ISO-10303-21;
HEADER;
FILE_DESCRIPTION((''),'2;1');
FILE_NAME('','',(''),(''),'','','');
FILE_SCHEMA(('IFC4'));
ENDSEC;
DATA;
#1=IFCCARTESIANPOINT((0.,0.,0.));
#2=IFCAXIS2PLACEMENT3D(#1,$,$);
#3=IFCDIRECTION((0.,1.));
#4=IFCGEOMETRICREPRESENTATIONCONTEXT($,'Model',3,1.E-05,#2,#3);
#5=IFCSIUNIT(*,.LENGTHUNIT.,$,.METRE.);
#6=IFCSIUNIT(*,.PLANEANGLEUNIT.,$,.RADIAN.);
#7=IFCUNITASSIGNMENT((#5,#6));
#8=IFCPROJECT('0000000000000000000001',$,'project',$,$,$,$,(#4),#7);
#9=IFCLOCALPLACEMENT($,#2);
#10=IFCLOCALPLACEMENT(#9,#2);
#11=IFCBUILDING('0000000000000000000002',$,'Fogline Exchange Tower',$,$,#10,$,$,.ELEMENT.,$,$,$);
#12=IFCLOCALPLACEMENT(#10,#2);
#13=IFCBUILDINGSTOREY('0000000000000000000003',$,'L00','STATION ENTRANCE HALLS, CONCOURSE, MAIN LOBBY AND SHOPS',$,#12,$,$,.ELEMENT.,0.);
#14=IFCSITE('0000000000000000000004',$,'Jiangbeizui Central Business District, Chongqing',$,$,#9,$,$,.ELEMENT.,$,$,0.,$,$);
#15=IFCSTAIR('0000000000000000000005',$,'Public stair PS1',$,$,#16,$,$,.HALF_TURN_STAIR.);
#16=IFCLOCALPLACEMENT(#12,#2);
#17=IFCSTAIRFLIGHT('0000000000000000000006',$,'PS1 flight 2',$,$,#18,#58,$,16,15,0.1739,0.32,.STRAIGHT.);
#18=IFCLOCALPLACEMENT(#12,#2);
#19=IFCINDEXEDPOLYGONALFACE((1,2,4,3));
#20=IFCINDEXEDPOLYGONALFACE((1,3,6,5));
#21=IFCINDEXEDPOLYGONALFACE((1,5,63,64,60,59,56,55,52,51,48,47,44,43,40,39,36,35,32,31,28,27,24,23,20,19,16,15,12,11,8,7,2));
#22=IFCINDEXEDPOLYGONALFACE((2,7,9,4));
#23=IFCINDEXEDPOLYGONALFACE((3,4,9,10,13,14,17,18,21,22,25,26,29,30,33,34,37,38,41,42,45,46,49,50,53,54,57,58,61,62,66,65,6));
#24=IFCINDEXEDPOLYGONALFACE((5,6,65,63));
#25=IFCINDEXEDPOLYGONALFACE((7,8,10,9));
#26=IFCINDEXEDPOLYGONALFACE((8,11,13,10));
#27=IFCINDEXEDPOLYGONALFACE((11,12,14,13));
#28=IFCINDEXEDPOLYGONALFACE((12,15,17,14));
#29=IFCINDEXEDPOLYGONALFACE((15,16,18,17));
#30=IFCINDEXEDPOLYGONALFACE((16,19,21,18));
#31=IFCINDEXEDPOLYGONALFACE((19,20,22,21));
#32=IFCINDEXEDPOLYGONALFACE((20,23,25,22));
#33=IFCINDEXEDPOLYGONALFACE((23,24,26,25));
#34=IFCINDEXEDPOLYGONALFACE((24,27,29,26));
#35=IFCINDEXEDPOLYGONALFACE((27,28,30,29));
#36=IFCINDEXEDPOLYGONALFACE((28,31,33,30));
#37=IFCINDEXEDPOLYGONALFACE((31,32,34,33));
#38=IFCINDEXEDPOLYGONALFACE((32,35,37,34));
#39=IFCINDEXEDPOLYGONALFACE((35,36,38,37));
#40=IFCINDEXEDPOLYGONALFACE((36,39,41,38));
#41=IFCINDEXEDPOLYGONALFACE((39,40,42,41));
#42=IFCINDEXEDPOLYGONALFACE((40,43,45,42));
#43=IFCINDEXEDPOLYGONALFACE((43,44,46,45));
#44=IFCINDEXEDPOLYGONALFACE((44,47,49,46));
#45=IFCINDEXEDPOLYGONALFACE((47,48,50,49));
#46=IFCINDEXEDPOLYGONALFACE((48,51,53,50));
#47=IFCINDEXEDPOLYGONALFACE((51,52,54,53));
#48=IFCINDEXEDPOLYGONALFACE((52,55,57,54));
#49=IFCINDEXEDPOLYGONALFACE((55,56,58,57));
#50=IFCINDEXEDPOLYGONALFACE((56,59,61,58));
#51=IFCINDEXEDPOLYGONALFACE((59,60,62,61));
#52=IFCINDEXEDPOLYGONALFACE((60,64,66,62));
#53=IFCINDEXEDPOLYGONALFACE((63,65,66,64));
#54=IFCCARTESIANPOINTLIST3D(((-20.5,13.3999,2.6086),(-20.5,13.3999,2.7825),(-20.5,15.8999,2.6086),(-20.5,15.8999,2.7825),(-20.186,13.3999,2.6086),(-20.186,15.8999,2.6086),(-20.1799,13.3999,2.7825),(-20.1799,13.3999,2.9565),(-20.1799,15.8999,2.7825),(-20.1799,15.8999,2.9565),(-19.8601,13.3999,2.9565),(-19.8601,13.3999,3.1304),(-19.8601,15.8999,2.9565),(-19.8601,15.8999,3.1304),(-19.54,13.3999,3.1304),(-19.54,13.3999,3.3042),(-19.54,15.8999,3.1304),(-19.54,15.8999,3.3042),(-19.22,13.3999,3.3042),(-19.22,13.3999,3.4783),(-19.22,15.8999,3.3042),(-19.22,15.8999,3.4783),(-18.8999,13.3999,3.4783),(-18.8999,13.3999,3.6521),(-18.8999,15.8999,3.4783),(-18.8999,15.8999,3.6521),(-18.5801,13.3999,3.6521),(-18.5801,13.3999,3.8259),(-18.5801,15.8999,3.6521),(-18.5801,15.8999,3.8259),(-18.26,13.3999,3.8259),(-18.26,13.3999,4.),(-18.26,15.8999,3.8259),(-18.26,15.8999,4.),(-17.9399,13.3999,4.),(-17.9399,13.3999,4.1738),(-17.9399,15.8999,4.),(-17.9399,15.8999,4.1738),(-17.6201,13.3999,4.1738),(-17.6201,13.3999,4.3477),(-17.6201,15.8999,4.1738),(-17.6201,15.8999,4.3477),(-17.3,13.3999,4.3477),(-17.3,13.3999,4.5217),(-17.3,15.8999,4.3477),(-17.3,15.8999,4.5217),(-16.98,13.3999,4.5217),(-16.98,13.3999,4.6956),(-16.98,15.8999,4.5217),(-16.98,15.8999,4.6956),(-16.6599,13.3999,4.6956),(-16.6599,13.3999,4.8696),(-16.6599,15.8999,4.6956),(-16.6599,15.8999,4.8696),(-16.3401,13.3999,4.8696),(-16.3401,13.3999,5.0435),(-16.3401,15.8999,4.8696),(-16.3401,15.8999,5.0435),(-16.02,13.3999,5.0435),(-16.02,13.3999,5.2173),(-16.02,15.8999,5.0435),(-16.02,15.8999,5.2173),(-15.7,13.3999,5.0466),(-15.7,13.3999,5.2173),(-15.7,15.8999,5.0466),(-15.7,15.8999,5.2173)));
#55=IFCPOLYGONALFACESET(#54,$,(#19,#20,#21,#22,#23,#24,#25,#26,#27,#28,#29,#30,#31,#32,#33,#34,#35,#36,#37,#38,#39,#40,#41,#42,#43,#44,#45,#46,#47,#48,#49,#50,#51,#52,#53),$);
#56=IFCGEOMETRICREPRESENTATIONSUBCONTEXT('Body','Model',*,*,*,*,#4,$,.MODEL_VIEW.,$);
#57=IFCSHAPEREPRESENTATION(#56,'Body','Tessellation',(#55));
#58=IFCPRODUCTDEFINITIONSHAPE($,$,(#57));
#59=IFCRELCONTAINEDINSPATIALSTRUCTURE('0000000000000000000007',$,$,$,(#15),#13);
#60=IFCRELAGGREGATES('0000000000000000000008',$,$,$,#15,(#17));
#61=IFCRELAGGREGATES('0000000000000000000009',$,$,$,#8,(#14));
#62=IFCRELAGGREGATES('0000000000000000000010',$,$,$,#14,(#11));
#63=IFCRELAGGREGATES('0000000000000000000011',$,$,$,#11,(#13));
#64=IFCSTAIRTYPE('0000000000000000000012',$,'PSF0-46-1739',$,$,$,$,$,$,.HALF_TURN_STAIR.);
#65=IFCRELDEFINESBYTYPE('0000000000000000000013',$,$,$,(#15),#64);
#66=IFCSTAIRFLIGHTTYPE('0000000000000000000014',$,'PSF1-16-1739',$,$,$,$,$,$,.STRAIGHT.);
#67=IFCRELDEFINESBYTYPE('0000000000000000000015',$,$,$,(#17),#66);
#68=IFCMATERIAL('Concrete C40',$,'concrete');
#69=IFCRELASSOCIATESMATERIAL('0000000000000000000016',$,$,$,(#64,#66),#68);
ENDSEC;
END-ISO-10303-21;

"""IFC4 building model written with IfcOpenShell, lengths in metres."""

from ifc_helpers import new_model, si_unit, direction, frame, origin, place, context, subcontext, project, spatial, polyline, outline, extrude, material, type_object, element, aggregate, save


model = new_model("IFC4")

# Units and contexts
model_context = context("Model", 3, precision=1e-05, world=origin(), true_north=direction((0.0, 1.0)))
body_context = subcontext(model_context, "Body", "Model", "MODEL_VIEW")
ifc_project = project(units=[si_unit("LENGTHUNIT", "METRE"), si_unit("PLANEANGLEUNIT", "RADIAN")], contexts=[model_context])

# Site, building, storey
site_placement = place(None, origin())
site = spatial("IfcSite", under=ifc_project, at=site_placement, Name="Jiangbeizui Central Business District, Chongqing", CompositionType="ELEMENT", RefElevation=0.0)
building_placement = place(site_placement, origin())
building = spatial("IfcBuilding", under=site, at=building_placement, Name="Fogline Exchange Tower", CompositionType="ELEMENT")
storey_placement = place(building_placement, origin())
storey = spatial("IfcBuildingStorey", under=building, at=storey_placement, Name="L00", Description="STATION ENTRANCE HALLS, CONCOURSE, MAIN LOBBY AND SHOPS", CompositionType="ELEMENT", Elevation=0.0)

# Shared definitions
ifc_material_1 = material(Name="Concrete C40", Category="concrete")

# Stair, stair flight
stair_type = type_object("IfcStairType", Name="PSF0-46-1739", PredefinedType="HALF_TURN_STAIR", material=ifc_material_1)
stair_placement = place(storey_placement, origin())
stair = element("IfcStair", 1, at=stair_placement, inside=storey, type_object=stair_type, Name="Public stair PS1", PredefinedType="HALF_TURN_STAIR")
stair_flight_type_1 = type_object("IfcStairFlightType", Name="PSF1-16-1739", PredefinedType="STRAIGHT", material=ifc_material_1)
stair_flight_1_placement = place(storey_placement, frame((-20.5, 14.6499, 2.6086), z_axis=(0.0, 0.0, 1.0), x_axis=(1.0, 0.0, 0.0)))
stair_flight_1 = element("IfcStairFlight", 2, at=stair_flight_1_placement, type_object=stair_flight_type_1, Name="PS1 flight 2", NumberOfRisers=16, NumberOfTreads=15, PredefinedType="STRAIGHT", RiserHeight=0.1739, TreadLength=0.32, context=body_context, shape_type="SweptSolid", body=[
    extrude(outline(polyline([(0.0, 0.0), (0.0, 0.1738), (0.3201, 0.1738), (0.3201, 0.3479), (0.6399, 0.3479), (0.6399, 0.5217), (0.96, 0.5217), (0.96, 0.6956), (1.28, 0.6956), (1.28, 0.8696), (1.6001, 0.8696), (1.6001, 1.0435), (1.9199, 1.0435), (1.9199, 1.2173), (2.24, 1.2173), (2.24, 1.3914), (2.5601, 1.3914), (2.5601, 1.5652), (2.8799, 1.5652), (2.8799, 1.739), (3.2, 1.739), (3.2, 1.9131), (3.52, 1.9131), (3.52, 2.0869), (3.8401, 2.0869), (3.8401, 2.261), (4.1599, 2.261), (4.1599, 2.4348), (4.48, 2.4348), (4.48, 2.6086), (4.8, 2.6086), (4.8, 2.7827), (4.8, 2.438), (0.314, 0.0), (0.0, 0.0)])), frame((0.0, 1.25, 0.0), z_axis=(0.0, -1.0, 0.0), x_axis=(1.0, 0.0, 0.0)), (0.0, 0.0, 1.0), 2.5),
])
aggregate(stair, [stair_flight_1])

save(model, "model.ifc")
